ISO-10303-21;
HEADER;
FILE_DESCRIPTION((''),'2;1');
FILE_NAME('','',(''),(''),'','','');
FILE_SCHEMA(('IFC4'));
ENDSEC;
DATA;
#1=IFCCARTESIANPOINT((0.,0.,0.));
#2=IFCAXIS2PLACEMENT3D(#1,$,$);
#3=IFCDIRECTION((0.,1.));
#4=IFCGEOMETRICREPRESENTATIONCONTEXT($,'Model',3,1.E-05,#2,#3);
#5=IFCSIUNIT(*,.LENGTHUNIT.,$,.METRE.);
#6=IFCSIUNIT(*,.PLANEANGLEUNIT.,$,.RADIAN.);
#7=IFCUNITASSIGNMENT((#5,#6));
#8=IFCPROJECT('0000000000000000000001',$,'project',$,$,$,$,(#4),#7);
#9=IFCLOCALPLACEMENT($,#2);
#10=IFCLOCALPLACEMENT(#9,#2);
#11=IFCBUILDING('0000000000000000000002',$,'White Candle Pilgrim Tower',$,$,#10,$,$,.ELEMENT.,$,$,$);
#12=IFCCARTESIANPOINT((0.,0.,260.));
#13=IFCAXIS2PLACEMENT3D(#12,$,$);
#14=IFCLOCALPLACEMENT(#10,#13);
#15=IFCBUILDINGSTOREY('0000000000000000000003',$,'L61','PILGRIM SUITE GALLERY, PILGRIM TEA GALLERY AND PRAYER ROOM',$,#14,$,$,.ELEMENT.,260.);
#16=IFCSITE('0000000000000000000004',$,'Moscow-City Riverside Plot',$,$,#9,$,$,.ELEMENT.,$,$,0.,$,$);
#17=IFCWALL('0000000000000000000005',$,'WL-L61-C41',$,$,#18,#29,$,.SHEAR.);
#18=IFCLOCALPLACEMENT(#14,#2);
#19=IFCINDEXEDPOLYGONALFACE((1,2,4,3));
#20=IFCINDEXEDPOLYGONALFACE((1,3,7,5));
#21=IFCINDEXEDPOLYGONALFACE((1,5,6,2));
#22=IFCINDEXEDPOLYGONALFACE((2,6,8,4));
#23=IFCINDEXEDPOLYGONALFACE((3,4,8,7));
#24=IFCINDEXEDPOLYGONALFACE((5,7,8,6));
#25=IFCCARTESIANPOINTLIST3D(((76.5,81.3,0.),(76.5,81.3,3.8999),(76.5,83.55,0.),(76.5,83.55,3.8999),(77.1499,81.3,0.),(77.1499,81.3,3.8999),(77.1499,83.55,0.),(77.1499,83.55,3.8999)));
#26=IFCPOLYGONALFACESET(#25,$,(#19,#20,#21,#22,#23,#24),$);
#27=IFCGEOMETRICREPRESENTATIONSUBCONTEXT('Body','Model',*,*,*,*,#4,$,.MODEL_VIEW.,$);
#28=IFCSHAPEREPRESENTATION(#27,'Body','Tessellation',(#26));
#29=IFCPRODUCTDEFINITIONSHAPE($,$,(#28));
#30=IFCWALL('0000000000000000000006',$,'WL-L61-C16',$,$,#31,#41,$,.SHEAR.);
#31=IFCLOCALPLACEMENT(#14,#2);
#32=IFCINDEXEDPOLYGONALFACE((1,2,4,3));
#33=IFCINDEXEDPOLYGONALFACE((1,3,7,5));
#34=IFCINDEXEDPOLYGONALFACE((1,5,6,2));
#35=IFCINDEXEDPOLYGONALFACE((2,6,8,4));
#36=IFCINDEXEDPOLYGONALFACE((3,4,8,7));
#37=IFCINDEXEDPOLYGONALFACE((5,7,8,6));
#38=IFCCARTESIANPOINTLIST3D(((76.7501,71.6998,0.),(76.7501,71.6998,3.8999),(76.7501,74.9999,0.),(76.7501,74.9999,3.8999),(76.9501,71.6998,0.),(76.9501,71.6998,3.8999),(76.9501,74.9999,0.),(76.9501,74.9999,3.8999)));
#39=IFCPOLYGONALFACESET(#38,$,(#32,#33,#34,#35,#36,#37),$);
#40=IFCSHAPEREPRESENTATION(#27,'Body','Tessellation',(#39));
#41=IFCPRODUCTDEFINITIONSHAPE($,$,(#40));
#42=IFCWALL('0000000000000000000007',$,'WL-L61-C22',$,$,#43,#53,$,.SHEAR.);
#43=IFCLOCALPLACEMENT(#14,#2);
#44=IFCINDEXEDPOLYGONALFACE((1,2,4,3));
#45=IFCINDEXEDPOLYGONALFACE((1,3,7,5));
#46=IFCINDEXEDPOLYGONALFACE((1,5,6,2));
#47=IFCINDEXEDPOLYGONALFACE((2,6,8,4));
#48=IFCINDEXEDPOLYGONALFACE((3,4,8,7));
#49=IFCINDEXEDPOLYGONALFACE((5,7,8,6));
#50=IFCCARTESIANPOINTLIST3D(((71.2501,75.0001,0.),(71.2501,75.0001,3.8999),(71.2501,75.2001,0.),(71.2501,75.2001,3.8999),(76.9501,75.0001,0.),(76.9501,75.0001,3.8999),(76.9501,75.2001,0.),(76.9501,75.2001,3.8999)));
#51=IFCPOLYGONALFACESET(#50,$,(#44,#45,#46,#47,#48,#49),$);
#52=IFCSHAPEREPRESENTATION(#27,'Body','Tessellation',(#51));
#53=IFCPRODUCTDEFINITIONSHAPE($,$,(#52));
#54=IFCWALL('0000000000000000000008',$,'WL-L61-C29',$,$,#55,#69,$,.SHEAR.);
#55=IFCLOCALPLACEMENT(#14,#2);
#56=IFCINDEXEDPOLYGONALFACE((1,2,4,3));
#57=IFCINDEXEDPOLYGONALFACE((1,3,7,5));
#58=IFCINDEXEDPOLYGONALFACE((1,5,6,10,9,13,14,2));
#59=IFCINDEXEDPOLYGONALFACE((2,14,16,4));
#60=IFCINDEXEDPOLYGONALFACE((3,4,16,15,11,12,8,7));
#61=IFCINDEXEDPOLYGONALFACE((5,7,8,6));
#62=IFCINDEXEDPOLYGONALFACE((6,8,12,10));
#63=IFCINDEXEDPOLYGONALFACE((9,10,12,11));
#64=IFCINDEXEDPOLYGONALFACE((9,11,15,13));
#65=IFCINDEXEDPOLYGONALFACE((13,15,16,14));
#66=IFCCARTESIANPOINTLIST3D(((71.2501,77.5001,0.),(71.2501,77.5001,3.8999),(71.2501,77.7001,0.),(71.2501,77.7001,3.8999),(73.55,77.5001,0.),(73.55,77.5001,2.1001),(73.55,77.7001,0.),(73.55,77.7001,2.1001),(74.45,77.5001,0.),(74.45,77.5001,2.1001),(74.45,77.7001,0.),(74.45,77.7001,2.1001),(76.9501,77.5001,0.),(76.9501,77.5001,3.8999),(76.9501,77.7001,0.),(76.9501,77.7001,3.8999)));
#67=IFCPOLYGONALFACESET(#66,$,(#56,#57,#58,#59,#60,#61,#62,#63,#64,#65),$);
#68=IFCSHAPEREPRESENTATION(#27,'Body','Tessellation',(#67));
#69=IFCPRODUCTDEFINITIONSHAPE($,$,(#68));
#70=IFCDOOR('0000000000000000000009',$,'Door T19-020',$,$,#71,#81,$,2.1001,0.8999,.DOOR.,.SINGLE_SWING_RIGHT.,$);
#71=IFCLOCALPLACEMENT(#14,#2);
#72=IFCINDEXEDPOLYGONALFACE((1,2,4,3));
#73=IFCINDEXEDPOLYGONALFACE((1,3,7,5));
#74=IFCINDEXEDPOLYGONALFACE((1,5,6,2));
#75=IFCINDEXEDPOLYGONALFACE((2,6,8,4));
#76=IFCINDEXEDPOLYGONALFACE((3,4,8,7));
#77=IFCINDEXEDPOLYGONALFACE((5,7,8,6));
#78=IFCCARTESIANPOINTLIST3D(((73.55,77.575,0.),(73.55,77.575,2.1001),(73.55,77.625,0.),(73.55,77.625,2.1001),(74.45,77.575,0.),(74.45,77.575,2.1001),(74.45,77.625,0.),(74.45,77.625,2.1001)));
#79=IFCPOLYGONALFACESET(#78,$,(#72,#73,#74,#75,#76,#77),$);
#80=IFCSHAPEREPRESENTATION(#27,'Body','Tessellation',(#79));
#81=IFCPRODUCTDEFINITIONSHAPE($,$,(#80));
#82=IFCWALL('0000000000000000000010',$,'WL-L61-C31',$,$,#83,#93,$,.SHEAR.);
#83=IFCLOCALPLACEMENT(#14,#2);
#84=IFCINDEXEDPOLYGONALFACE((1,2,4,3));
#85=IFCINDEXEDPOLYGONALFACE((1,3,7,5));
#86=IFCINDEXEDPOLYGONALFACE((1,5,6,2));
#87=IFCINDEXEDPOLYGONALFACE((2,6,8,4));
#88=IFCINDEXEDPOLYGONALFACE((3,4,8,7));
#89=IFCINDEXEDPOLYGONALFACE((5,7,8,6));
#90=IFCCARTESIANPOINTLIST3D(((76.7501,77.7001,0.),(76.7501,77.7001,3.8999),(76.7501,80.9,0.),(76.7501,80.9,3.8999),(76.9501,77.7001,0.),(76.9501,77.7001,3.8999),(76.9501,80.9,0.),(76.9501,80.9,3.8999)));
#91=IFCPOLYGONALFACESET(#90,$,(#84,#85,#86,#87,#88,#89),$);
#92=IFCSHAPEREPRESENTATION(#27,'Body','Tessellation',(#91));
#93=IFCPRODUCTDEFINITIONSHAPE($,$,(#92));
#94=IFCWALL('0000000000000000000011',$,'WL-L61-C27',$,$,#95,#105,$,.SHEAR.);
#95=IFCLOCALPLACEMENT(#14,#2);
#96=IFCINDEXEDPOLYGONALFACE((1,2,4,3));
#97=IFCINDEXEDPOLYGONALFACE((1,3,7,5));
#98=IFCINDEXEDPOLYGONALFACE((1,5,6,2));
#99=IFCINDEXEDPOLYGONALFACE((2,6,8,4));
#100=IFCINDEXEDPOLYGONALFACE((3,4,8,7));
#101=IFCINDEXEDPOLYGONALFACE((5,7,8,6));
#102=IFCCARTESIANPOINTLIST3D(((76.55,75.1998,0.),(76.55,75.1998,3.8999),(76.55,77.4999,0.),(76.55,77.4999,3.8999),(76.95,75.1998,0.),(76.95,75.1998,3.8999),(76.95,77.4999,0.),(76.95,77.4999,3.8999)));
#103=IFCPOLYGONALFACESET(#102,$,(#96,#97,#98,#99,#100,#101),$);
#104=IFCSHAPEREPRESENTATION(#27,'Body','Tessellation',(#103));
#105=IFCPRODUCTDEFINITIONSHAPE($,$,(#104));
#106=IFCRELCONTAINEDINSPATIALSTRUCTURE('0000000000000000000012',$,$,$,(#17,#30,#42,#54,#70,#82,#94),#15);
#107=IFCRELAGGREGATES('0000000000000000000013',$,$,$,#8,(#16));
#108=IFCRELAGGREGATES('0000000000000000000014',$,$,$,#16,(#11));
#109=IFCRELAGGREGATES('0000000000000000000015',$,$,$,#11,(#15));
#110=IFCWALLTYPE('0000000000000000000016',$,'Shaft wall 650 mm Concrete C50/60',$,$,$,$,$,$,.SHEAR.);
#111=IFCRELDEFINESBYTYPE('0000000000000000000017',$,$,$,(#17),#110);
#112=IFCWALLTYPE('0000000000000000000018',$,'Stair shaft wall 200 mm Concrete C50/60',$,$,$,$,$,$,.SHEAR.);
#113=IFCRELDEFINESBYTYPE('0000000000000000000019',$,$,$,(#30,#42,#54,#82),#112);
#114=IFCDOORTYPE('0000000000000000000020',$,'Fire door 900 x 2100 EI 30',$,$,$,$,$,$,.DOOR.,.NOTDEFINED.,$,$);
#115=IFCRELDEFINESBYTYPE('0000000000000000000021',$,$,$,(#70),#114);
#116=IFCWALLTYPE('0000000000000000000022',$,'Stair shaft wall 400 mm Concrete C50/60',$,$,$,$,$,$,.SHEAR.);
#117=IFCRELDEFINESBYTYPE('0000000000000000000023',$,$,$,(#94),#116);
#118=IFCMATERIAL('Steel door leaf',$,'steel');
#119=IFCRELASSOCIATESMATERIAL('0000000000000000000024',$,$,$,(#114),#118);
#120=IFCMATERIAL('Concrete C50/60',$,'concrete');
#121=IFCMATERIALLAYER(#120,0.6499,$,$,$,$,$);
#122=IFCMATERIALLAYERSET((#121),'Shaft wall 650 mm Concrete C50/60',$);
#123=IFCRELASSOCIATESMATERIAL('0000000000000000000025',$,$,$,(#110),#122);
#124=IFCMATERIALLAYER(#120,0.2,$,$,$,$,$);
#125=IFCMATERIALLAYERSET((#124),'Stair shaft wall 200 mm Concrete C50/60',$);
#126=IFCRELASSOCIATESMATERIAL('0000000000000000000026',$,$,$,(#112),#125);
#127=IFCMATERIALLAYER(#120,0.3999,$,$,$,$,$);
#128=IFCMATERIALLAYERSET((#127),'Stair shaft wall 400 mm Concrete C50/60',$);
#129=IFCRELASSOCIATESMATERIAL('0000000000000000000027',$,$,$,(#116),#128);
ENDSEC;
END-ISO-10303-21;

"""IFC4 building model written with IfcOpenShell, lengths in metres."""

from ifc_helpers import new_model, si_unit, direction, frame, frame_2d, origin, place, context, subcontext, project, spatial, rectangle, extrude, material, layer, layer_set, type_object, element, fill, save


model = new_model("IFC4")

# Units and contexts
model_context = context("Model", 3, precision=1e-05, world=origin(), true_north=direction((0.0, 1.0)))
body_context = subcontext(model_context, "Body", "Model", "MODEL_VIEW")
ifc_project = project(units=[si_unit("LENGTHUNIT", "METRE"), si_unit("PLANEANGLEUNIT", "RADIAN")], contexts=[model_context])

# Site, building, storey
site_placement = place(None, origin())
site = spatial("IfcSite", under=ifc_project, at=site_placement, Name="Moscow-City Riverside Plot", CompositionType="ELEMENT", RefElevation=0.0)
building_placement = place(site_placement, origin())
building = spatial("IfcBuilding", under=site, at=building_placement, Name="White Candle Pilgrim Tower", CompositionType="ELEMENT")
storey_placement = place(building_placement, frame((0.0, 0.0, 260.0)))
storey = spatial("IfcBuildingStorey", under=building, at=storey_placement, Name="L61", Description="PILGRIM SUITE GALLERY, PILGRIM TEA GALLERY AND PRAYER ROOM", CompositionType="ELEMENT", Elevation=260.0)

# Shared definitions
ifc_material_1 = material(Name="Concrete C50/60", Category="concrete")

# Shared definitions
ifc_material_2 = material(Name="Steel door leaf", Category="steel")
door_type = type_object("IfcDoorType", Name="Fire door 900 x 2100 EI 30", OperationType="NOTDEFINED", PredefinedType="DOOR", material=ifc_material_2)

# Walls
ifc_layer_1 = layer(ifc_material_1, 0.6499)
ifc_layer_set_1 = layer_set([ifc_layer_1], Name="Shaft wall 650 mm Concrete C50/60")
wall_type_1 = type_object("IfcWallType", Name="Shaft wall 650 mm Concrete C50/60", PredefinedType="SHEAR", material=ifc_layer_set_1)
wall_1_placement = place(storey_placement, frame((76.825, 81.3, 0.0), z_axis=(0.0, 0.0, 1.0), x_axis=(0.0, 1.0, 0.0)))
element("IfcWall", 1, at=wall_1_placement, inside=storey, type_object=wall_type_1, Name="WL-L61-C41", PredefinedType="SHEAR", context=body_context, shape_type="SweptSolid", body=[
    extrude(rectangle(XDim=2.25, YDim=0.6499, at=frame_2d((1.125, 0.0))), origin(), (0.0, 0.0, 1.0), 3.8999),
])
ifc_layer_2 = layer(ifc_material_1, 0.2)
ifc_layer_set_2 = layer_set([ifc_layer_2], Name="Stair shaft wall 200 mm Concrete C50/60")
wall_type_2 = type_object("IfcWallType", Name="Stair shaft wall 200 mm Concrete C50/60", PredefinedType="SHEAR", material=ifc_layer_set_2)
wall_2_placement = place(storey_placement, frame((76.8501, 71.7, 0.0), z_axis=(0.0, 0.0, 1.0), x_axis=(0.0, 1.0, 0.0)))
element("IfcWall", 2, at=wall_2_placement, inside=storey, type_object=wall_type_2, Name="WL-L61-C16", PredefinedType="SHEAR", context=body_context, shape_type="SweptSolid", body=[
    extrude(rectangle(XDim=3.3, YDim=0.2, at=frame_2d((1.6499, 0.0))), origin(), (0.0, 0.0, 1.0), 3.8999),
])
wall_3_placement = place(storey_placement, frame((71.25, 75.1001, 0.0), z_axis=(0.0, 0.0, 1.0), x_axis=(1.0, 0.0, 0.0)))
element("IfcWall", 3, at=wall_3_placement, inside=storey, type_object=wall_type_2, Name="WL-L61-C22", PredefinedType="SHEAR", context=body_context, shape_type="SweptSolid", body=[
    extrude(rectangle(XDim=5.7, YDim=0.2, at=frame_2d((2.8501, 0.0))), origin(), (0.0, 0.0, 1.0), 3.8999),
])

# Wall, opening, door
wall_4_placement = place(storey_placement, frame((71.25, 77.6001, 0.0), z_axis=(0.0, 0.0, 1.0), x_axis=(1.0, 0.0, 0.0)))
wall_4 = element("IfcWall", 4, at=wall_4_placement, inside=storey, type_object=wall_type_2, Name="WL-L61-C29", PredefinedType="SHEAR", context=body_context, shape_type="SweptSolid", body=[
    extrude(rectangle(XDim=5.7, YDim=0.2, at=frame_2d((2.8501, 0.0))), origin(), (0.0, 0.0, 1.0), 3.8999),
])
opening_1_placement = place(wall_4_placement, frame((2.3, 0.0, 0.0)))
opening_1 = element("IfcOpeningElement", 5, at=opening_1_placement, cuts=wall_4, PredefinedType="OPENING", context=body_context, shape_type="SweptSolid", body=[
    extrude(rectangle(XDim=0.8999, YDim=2.1001, at=frame_2d((0.45, 1.05))), frame((0.0, 0.1099, 0.0), z_axis=(0.0, -1.0, 0.0), x_axis=(1.0, 0.0, 0.0)), (0.0, 0.0, 1.0), 0.22),
])
door_1_placement = place(opening_1_placement, origin())
door_1 = element("IfcDoor", 6, at=door_1_placement, inside=storey, type_object=door_type, Name="Door T19-020", OperationType="SINGLE_SWING_RIGHT", OverallHeight=2.1001, OverallWidth=0.8999, PredefinedType="DOOR", context=body_context, shape_type="SweptSolid", body=[
    extrude(rectangle(XDim=0.8999, YDim=2.1001, at=frame_2d((0.45, 1.05))), frame((0.0, 0.0249, 0.0), z_axis=(0.0, -1.0, 0.0), x_axis=(1.0, 0.0, 0.0)), (0.0, 0.0, 1.0), 0.05),
])
fill(opening_1, door_1)

# Walls
wall_5_placement = place(storey_placement, frame((76.8501, 77.7, 0.0), z_axis=(0.0, 0.0, 1.0), x_axis=(0.0, 1.0, 0.0)))
element("IfcWall", 7, at=wall_5_placement, inside=storey, type_object=wall_type_2, Name="WL-L61-C31", PredefinedType="SHEAR", context=body_context, shape_type="SweptSolid", body=[
    extrude(rectangle(XDim=3.2, YDim=0.2, at=frame_2d((1.6001, 0.0))), origin(), (0.0, 0.0, 1.0), 3.8999),
])
ifc_layer_3 = layer(ifc_material_1, 0.3999)
ifc_layer_set_3 = layer_set([ifc_layer_3], Name="Stair shaft wall 400 mm Concrete C50/60")
wall_type_3 = type_object("IfcWallType", Name="Stair shaft wall 400 mm Concrete C50/60", PredefinedType="SHEAR", material=ifc_layer_set_3)
wall_6_placement = place(storey_placement, frame((76.75, 75.2, 0.0), z_axis=(0.0, 0.0, 1.0), x_axis=(0.0, 1.0, 0.0)))
element("IfcWall", 8, at=wall_6_placement, inside=storey, type_object=wall_type_3, Name="WL-L61-C27", PredefinedType="SHEAR", context=body_context, shape_type="SweptSolid", body=[
    extrude(rectangle(XDim=2.3, YDim=0.3999, at=frame_2d((1.1499, 0.0))), origin(), (0.0, 0.0, 1.0), 3.8999),
])

save(model, "model.ifc")
